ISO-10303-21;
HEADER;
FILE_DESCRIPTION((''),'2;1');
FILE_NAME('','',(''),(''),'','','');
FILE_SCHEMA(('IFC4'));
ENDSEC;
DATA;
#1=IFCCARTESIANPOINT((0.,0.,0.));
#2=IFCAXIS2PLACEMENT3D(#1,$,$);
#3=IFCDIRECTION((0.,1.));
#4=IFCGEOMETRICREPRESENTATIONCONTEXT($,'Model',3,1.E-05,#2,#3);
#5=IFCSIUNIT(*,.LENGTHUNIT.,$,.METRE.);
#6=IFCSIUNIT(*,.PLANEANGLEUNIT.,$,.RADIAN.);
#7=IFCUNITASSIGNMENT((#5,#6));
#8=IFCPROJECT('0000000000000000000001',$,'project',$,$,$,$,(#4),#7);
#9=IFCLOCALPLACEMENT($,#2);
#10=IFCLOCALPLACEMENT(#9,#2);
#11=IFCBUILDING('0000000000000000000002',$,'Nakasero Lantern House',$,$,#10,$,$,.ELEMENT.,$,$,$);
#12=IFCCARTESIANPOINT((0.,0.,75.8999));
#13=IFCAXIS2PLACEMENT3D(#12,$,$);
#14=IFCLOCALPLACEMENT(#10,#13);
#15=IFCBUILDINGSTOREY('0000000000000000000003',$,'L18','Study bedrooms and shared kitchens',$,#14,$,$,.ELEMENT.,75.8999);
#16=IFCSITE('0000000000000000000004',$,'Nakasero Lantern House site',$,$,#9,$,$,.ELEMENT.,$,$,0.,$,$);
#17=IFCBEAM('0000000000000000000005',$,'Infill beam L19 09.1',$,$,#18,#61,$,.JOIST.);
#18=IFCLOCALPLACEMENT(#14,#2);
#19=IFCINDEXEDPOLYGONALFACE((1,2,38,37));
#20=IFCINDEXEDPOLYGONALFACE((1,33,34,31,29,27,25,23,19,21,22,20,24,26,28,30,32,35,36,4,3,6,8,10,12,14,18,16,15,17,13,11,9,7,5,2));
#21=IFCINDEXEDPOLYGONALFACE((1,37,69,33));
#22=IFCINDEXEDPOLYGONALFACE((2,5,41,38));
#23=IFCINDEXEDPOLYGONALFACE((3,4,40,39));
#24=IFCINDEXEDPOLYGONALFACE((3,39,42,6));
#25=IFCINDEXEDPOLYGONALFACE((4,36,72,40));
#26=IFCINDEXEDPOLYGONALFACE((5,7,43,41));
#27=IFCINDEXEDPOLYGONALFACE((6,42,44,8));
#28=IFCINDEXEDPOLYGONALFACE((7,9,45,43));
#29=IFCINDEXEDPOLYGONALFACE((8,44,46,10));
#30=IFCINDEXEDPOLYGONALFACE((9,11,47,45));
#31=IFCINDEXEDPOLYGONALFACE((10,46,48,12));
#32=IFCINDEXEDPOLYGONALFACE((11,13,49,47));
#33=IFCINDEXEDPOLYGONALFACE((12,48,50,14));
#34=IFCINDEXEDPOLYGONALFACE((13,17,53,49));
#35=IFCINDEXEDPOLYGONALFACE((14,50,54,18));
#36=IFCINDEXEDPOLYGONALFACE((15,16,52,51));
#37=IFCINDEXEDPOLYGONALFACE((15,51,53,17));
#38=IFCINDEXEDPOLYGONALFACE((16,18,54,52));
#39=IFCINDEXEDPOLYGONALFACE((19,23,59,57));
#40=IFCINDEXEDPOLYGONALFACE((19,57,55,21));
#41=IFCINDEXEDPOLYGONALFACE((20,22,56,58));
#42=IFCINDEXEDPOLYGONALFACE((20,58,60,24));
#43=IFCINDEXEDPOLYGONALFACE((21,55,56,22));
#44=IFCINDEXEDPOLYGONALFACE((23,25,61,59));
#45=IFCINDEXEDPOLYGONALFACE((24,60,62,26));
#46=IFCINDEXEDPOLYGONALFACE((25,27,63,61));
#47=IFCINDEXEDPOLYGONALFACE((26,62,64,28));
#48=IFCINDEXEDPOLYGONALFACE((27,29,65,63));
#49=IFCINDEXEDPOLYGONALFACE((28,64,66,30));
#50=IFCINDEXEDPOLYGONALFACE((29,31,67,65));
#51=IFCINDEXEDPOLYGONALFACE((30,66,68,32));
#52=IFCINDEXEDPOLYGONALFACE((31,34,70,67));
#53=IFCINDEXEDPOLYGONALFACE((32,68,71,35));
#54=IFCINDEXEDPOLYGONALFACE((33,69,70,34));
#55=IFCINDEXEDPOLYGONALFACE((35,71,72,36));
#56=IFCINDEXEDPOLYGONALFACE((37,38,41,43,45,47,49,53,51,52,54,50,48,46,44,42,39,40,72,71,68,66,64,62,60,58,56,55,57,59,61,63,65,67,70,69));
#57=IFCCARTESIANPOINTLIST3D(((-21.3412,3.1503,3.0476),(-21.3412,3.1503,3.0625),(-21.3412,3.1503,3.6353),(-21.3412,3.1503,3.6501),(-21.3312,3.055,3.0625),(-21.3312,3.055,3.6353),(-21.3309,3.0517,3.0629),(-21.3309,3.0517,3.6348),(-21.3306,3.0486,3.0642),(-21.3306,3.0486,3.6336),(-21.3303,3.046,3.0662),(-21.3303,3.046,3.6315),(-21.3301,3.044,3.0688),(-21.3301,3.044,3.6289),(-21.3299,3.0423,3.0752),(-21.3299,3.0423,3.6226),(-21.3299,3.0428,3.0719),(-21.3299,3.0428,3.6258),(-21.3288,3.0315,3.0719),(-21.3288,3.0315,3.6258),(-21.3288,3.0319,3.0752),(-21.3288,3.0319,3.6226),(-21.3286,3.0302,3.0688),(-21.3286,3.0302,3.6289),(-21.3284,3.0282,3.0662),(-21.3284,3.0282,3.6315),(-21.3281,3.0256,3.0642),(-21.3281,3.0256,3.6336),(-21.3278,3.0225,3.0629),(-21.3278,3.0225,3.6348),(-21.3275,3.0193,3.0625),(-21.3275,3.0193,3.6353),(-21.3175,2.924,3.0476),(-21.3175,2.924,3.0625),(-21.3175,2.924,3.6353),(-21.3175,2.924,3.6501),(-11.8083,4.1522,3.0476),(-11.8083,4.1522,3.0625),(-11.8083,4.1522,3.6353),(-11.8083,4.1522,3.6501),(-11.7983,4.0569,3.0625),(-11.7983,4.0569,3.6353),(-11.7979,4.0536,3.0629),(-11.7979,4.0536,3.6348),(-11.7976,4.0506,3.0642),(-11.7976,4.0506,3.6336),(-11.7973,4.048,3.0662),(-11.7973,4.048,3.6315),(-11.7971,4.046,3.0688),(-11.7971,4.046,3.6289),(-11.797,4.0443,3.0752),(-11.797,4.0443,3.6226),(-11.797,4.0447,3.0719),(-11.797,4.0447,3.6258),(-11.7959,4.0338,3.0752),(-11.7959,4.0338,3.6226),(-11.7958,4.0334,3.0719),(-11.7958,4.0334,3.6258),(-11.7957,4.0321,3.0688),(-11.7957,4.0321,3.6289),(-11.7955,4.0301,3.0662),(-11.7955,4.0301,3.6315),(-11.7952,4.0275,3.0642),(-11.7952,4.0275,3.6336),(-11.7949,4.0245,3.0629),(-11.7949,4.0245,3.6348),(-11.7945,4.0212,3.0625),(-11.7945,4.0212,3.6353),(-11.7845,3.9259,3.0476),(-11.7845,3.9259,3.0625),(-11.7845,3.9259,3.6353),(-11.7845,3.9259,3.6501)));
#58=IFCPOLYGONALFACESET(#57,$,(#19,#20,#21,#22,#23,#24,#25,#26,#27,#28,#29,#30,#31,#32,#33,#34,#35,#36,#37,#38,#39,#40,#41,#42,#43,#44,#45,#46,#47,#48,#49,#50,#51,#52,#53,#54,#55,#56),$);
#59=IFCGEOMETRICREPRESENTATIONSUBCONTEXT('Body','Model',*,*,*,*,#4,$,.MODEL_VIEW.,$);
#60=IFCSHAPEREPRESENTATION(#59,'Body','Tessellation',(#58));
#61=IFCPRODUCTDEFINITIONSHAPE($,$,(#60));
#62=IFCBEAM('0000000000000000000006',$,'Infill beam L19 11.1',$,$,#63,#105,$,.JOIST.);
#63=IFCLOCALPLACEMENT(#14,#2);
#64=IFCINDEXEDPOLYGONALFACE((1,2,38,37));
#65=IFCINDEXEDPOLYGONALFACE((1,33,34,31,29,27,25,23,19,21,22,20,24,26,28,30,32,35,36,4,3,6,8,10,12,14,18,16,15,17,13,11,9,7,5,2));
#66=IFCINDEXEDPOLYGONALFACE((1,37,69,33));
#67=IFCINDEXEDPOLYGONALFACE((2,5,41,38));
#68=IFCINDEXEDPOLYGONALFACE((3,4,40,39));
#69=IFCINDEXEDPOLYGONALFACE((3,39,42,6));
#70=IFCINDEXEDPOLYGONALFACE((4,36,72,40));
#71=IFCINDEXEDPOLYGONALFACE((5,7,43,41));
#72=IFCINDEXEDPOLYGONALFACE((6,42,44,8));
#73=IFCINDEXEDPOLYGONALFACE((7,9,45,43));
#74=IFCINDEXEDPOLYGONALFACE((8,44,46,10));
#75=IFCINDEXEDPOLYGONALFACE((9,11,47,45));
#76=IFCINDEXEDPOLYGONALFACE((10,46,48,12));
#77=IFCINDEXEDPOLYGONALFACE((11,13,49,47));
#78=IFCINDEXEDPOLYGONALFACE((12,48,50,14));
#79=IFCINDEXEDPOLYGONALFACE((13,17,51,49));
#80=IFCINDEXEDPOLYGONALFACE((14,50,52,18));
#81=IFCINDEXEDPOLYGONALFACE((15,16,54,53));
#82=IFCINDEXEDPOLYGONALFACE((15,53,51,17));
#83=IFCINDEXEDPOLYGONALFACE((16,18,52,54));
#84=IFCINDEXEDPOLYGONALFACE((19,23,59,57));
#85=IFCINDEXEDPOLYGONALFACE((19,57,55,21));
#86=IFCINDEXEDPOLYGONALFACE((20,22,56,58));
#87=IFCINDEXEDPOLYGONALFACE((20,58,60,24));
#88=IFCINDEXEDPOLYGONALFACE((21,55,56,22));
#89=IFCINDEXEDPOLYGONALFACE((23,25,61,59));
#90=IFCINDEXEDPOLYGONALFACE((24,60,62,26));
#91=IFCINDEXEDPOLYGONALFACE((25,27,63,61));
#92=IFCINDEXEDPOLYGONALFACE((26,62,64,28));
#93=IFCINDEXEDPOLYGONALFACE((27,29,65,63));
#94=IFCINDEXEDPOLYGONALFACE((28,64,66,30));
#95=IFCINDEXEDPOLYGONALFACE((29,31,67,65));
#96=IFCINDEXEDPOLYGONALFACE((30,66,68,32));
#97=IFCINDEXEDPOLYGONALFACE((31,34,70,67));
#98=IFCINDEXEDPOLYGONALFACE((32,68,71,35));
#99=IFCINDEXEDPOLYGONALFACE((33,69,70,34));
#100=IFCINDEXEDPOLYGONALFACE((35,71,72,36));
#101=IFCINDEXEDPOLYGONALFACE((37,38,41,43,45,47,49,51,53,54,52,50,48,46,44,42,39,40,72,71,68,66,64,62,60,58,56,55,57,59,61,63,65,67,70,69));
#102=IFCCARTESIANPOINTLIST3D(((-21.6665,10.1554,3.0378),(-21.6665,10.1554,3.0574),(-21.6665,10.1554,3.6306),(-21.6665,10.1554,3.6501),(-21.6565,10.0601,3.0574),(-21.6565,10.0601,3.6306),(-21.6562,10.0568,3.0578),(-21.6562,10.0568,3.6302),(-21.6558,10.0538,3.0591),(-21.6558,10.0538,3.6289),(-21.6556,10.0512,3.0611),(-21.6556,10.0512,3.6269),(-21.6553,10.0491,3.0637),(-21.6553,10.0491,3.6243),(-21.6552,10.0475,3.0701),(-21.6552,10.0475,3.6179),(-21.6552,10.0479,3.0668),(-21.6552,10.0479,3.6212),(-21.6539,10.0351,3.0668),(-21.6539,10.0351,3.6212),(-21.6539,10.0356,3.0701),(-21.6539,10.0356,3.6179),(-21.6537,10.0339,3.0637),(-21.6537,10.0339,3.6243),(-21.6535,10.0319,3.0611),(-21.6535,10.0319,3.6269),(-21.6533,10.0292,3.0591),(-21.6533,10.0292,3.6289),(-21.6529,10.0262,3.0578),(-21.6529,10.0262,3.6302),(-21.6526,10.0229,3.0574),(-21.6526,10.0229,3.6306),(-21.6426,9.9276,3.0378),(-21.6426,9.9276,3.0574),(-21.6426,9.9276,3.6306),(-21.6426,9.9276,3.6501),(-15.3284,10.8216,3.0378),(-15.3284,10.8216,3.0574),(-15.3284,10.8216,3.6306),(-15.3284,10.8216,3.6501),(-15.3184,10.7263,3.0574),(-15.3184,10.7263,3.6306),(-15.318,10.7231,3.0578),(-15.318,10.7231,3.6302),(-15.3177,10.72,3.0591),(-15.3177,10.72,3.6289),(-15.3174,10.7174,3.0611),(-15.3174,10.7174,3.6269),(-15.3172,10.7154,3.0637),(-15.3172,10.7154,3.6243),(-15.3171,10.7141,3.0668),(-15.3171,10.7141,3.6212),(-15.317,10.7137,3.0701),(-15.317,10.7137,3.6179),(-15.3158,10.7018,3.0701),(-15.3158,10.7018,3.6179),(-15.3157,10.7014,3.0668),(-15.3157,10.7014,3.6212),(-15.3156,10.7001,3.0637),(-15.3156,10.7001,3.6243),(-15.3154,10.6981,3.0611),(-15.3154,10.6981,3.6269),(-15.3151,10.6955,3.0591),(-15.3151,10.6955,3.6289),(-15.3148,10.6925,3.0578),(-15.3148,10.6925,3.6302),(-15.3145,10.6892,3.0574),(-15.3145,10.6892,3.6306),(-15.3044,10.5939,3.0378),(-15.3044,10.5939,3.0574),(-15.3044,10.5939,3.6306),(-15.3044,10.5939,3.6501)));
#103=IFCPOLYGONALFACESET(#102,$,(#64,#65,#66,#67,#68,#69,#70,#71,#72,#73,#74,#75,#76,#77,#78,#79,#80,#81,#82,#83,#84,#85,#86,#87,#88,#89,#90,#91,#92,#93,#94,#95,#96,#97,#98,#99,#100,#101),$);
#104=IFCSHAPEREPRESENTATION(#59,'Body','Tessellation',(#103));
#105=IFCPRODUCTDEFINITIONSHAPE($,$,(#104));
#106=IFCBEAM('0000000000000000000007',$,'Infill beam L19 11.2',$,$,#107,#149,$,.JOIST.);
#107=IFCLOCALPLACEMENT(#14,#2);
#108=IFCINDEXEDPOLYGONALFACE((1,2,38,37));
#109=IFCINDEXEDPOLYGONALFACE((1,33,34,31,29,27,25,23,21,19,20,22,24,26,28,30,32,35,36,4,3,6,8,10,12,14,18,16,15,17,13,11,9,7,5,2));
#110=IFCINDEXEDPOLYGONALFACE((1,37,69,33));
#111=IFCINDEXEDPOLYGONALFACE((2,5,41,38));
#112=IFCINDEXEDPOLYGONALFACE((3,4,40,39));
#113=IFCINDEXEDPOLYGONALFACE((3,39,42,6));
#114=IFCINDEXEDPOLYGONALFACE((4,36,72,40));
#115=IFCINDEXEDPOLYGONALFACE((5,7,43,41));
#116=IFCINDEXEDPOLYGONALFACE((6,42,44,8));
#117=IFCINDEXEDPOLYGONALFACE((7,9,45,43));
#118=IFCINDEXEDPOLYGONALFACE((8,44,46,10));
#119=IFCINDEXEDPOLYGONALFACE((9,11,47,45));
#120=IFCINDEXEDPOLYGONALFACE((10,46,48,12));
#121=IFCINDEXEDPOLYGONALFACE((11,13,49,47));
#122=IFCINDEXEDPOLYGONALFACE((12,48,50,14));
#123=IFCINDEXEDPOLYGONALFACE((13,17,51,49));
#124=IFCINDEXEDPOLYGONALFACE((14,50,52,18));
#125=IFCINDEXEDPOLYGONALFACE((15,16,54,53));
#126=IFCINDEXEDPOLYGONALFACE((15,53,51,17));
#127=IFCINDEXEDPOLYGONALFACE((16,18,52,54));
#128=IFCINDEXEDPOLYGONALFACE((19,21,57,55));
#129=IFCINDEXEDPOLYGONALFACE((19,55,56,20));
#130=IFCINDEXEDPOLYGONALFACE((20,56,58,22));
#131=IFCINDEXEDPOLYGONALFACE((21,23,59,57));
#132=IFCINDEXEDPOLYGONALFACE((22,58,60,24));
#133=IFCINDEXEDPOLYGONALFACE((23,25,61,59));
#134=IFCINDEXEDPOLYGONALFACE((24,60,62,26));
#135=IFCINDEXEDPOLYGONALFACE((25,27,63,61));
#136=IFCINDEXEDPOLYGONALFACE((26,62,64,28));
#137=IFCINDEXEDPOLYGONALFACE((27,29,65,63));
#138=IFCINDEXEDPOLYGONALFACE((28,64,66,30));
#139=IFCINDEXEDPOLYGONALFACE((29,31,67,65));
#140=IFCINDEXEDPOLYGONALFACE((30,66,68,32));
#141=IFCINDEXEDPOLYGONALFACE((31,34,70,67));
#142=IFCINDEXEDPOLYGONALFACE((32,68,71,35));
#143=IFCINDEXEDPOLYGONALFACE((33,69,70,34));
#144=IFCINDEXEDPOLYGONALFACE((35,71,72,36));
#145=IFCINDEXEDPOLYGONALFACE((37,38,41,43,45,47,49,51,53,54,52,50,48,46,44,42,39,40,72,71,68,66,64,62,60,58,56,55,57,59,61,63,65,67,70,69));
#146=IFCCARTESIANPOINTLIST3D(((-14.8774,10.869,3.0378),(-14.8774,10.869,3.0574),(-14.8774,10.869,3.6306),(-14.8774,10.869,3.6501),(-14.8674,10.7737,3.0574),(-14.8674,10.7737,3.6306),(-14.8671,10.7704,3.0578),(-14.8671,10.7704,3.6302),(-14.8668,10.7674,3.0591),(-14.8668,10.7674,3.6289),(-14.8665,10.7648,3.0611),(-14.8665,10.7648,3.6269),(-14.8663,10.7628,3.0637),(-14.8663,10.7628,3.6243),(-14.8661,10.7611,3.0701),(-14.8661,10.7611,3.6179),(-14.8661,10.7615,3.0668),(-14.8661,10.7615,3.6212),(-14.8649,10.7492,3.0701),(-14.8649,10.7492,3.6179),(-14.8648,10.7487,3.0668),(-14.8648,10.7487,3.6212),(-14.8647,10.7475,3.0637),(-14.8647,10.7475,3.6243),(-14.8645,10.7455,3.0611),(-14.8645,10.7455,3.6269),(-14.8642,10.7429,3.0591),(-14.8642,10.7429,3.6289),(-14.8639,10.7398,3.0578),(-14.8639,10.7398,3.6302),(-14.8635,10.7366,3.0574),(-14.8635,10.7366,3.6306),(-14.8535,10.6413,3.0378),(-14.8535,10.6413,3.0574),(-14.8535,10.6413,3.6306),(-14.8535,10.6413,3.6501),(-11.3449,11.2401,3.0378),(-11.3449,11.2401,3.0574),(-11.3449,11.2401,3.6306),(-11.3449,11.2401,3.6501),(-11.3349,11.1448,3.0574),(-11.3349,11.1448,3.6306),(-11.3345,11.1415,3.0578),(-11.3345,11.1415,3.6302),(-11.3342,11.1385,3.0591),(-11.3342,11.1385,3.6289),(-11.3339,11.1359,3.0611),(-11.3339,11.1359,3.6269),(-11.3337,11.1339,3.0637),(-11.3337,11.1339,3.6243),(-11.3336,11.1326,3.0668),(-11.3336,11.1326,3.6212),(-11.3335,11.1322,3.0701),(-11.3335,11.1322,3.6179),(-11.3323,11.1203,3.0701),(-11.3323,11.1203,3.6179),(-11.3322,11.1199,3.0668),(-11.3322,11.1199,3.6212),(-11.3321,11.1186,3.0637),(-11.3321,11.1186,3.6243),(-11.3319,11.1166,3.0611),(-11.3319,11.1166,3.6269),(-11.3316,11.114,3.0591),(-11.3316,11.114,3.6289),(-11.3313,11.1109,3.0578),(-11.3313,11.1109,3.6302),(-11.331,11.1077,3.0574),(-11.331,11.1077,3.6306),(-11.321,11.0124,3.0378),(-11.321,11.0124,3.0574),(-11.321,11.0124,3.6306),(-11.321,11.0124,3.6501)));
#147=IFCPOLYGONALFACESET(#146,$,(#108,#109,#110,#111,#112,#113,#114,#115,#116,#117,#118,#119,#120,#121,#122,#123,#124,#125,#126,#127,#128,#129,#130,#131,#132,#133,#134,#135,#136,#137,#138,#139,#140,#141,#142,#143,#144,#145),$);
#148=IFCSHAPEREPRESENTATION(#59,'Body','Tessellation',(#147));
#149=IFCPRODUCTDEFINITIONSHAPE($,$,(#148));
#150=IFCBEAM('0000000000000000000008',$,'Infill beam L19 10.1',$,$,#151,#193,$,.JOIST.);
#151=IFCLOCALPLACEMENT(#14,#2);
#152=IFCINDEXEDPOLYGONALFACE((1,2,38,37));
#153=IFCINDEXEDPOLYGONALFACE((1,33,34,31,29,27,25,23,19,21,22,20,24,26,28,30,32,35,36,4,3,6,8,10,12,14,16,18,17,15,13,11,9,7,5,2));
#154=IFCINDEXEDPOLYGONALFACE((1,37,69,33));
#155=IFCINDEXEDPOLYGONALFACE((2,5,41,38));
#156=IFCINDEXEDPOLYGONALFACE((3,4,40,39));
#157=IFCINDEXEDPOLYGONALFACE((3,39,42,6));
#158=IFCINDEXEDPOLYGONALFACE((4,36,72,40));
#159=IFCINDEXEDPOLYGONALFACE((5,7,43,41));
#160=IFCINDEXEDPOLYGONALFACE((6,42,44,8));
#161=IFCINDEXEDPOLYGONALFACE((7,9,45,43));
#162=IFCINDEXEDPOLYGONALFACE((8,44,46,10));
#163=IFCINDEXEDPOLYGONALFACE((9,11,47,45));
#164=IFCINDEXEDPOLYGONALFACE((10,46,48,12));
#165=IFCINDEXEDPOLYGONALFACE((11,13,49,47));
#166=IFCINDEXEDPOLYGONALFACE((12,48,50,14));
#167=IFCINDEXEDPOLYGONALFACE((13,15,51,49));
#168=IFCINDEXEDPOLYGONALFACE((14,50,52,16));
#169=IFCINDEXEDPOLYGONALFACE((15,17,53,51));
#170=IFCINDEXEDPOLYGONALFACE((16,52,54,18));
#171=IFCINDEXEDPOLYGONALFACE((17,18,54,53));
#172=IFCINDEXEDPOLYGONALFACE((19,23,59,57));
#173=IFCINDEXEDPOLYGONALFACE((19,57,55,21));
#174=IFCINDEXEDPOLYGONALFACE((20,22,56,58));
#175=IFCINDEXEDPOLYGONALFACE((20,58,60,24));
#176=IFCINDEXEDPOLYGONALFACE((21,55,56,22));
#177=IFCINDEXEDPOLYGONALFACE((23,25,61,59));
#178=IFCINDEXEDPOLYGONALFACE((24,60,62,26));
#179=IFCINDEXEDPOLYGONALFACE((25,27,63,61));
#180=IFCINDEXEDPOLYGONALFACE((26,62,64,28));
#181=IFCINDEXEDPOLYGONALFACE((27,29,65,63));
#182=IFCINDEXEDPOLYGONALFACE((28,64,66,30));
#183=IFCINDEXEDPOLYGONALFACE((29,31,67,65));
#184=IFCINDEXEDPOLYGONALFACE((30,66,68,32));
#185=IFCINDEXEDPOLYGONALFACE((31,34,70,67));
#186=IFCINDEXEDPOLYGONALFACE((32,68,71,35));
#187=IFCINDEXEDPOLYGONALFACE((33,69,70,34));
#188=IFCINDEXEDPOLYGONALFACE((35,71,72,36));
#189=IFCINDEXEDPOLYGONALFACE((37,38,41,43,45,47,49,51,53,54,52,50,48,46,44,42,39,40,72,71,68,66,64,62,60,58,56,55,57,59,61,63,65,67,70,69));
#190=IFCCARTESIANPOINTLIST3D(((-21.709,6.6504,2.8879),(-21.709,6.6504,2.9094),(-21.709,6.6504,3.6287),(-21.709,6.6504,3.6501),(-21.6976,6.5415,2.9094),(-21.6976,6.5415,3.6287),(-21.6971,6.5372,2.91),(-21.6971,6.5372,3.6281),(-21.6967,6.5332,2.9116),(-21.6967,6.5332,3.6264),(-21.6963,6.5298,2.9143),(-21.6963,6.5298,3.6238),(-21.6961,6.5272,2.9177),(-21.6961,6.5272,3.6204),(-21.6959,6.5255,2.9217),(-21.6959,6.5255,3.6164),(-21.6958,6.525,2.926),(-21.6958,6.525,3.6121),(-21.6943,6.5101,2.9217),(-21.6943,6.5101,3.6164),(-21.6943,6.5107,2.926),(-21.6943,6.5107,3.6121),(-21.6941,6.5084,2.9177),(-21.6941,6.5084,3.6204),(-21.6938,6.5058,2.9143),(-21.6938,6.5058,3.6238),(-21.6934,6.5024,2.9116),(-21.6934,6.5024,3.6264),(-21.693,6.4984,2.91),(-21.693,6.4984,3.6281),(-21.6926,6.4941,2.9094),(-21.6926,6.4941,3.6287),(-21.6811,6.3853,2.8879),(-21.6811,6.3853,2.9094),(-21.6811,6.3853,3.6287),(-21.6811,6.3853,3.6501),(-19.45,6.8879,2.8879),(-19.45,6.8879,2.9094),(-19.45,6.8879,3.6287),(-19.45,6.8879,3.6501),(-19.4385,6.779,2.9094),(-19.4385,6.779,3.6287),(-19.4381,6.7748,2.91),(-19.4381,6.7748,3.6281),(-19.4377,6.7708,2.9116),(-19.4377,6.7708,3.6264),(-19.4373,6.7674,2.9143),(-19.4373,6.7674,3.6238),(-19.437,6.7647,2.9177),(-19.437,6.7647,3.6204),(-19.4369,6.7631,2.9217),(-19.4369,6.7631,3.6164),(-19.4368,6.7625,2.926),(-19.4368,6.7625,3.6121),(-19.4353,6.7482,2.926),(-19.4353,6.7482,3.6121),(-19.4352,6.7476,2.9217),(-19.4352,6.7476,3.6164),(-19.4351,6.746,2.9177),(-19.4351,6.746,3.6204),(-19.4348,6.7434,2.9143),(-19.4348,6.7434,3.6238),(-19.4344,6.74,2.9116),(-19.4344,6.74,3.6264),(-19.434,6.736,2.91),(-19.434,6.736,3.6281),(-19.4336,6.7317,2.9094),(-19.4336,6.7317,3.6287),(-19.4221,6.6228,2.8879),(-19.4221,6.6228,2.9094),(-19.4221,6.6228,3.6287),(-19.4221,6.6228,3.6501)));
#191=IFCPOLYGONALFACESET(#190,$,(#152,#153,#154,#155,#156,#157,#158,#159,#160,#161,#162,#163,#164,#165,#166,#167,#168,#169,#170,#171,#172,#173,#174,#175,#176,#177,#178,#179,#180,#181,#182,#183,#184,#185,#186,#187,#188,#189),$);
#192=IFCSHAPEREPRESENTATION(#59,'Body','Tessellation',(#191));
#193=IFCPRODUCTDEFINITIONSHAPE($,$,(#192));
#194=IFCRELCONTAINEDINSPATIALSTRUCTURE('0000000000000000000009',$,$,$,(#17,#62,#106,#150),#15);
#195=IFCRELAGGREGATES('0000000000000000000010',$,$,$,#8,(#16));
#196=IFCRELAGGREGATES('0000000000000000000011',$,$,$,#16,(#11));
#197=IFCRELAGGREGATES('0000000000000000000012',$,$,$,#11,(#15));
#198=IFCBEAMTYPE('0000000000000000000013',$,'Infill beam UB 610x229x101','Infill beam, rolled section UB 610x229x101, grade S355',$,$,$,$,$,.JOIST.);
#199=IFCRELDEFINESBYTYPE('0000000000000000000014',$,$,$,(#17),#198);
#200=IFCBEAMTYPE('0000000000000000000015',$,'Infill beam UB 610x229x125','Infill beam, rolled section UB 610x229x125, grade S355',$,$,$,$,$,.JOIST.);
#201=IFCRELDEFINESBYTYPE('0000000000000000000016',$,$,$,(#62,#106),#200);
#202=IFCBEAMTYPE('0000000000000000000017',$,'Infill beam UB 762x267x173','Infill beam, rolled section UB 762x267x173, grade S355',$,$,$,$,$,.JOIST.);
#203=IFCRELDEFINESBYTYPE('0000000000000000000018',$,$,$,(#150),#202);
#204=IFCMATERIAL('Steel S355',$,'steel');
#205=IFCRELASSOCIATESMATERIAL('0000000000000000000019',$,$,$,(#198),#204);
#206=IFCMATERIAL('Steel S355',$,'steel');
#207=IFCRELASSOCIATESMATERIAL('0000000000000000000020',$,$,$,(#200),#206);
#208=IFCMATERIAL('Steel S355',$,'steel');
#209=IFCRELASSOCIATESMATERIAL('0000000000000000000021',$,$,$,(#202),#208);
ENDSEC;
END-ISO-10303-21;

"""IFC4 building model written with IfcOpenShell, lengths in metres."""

from ifc_helpers import new_model, si_unit, direction, frame, origin, origin_2d, place, context, subcontext, project, spatial, i_section, extrude, material, material_profile, profile_set, type_object, element, save


model = new_model("IFC4")

# Units and contexts
model_context = context("Model", 3, precision=1e-05, world=origin(), true_north=direction((0.0, 1.0)))
body_context = subcontext(model_context, "Body", "Model", "MODEL_VIEW")
ifc_project = project(units=[si_unit("LENGTHUNIT", "METRE"), si_unit("PLANEANGLEUNIT", "RADIAN")], contexts=[model_context])

# Site, building, storey
site_placement = place(None, origin())
site = spatial("IfcSite", under=ifc_project, at=site_placement, Name="Nakasero Lantern House site", CompositionType="ELEMENT", RefElevation=0.0)
building_placement = place(site_placement, origin())
building = spatial("IfcBuilding", under=site, at=building_placement, Name="Nakasero Lantern House", CompositionType="ELEMENT")
storey_placement = place(building_placement, frame((0.0, 0.0, 75.8999)))
storey = spatial("IfcBuildingStorey", under=building, at=storey_placement, Name="L18", Description="Study bedrooms and shared kitchens", CompositionType="ELEMENT", Elevation=75.8999)

# Beams
ifc_material_1 = material(Name="Steel S355", Category="steel")
ifc_material_profile_1 = material_profile(ifc_material_1, i_section(OverallWidth=0.2275, OverallDepth=0.6025, WebThickness=0.0105, FlangeThickness=0.0149, FilletRadius=0.0127, at=origin_2d()), Name="UB 610x229x101")
ifc_profile_set_1 = profile_set([ifc_material_profile_1], Name="Steel S355")
beam_type_1 = type_object("IfcBeamType", Name="Infill beam UB 610x229x101", Description="Infill beam, rolled section UB 610x229x101, grade S355", PredefinedType="JOIST", material=ifc_profile_set_1)
beam_1_placement = place(storey_placement, frame((-21.3293, 3.0371, 3.3489), z_axis=(0.994522, 0.104528, 0.0), x_axis=(-0.104528, 0.994522, 0.0)))
element("IfcBeam", 1, at=beam_1_placement, inside=storey, type_object=beam_type_1, Name="Infill beam L19 09.1", PredefinedType="JOIST", context=body_context, shape_type="SweptSolid", body=[
    extrude(i_section(OverallWidth=0.2275, OverallDepth=0.6025, WebThickness=0.0105, FlangeThickness=0.0149, FilletRadius=0.0127, at=origin_2d()), origin(), (0.0, 0.0, 1.0), 9.5854),
])
ifc_material_2 = material(Name="Steel S355", Category="steel")
ifc_material_profile_2 = material_profile(ifc_material_2, i_section(OverallWidth=0.229, OverallDepth=0.6123, WebThickness=0.012, FlangeThickness=0.0195, FilletRadius=0.0127, at=origin_2d()), Name="UB 610x229x125")
ifc_profile_set_2 = profile_set([ifc_material_profile_2], Name="Steel S355")
beam_type_2 = type_object("IfcBeamType", Name="Infill beam UB 610x229x125", Description="Infill beam, rolled section UB 610x229x125, grade S355", PredefinedType="JOIST", material=ifc_profile_set_2)
beam_2_placement = place(storey_placement, frame((-21.6545, 10.0415, 3.344), z_axis=(0.99452, 0.104543, 0.0), x_axis=(-0.104543, 0.99452, 0.0)))
element("IfcBeam", 2, at=beam_2_placement, inside=storey, type_object=beam_type_2, Name="Infill beam L19 11.1", PredefinedType="JOIST", context=body_context, shape_type="SweptSolid", body=[
    extrude(i_section(OverallWidth=0.229, OverallDepth=0.6123, WebThickness=0.012, FlangeThickness=0.0195, FilletRadius=0.0127, at=origin_2d()), origin(), (0.0, 0.0, 1.0), 6.373),
])
beam_3_placement = place(storey_placement, frame((-14.8655, 10.7551, 3.344), z_axis=(0.994527, 0.104477, 0.0), x_axis=(-0.104477, 0.994527, 0.0)))
element("IfcBeam", 3, at=beam_3_placement, inside=storey, type_object=beam_type_2, Name="Infill beam L19 11.2", PredefinedType="JOIST", context=body_context, shape_type="SweptSolid", body=[
    extrude(i_section(OverallWidth=0.229, OverallDepth=0.6123, WebThickness=0.012, FlangeThickness=0.0195, FilletRadius=0.0127, at=origin_2d()), origin(), (0.0, 0.0, 1.0), 3.552),
])
ifc_material_3 = material(Name="Steel S355", Category="steel")
ifc_material_profile_3 = material_profile(ifc_material_3, i_section(OverallWidth=0.2666, OverallDepth=0.7622, WebThickness=0.0144, FlangeThickness=0.0215, FilletRadius=0.0166, at=origin_2d()), Name="UB 762x267x173")
ifc_profile_set_3 = profile_set([ifc_material_profile_3], Name="Steel S355")
beam_type_3 = type_object("IfcBeamType", Name="Infill beam UB 762x267x173", Description="Infill beam, rolled section UB 762x267x173, grade S355", PredefinedType="JOIST", material=ifc_profile_set_3)
beam_4_placement = place(storey_placement, frame((-21.6951, 6.5178, 3.269), z_axis=(0.994517, 0.104578, 0.0), x_axis=(-0.104578, 0.994517, 0.0)))
element("IfcBeam", 4, at=beam_4_placement, inside=storey, type_object=beam_type_3, Name="Infill beam L19 10.1", PredefinedType="JOIST", context=body_context, shape_type="SweptSolid", body=[
    extrude(i_section(OverallWidth=0.2666, OverallDepth=0.7622, WebThickness=0.0144, FlangeThickness=0.0215, FilletRadius=0.0166, at=origin_2d()), origin(), (0.0, 0.0, 1.0), 2.2715),
])

save(model, "model.ifc")
